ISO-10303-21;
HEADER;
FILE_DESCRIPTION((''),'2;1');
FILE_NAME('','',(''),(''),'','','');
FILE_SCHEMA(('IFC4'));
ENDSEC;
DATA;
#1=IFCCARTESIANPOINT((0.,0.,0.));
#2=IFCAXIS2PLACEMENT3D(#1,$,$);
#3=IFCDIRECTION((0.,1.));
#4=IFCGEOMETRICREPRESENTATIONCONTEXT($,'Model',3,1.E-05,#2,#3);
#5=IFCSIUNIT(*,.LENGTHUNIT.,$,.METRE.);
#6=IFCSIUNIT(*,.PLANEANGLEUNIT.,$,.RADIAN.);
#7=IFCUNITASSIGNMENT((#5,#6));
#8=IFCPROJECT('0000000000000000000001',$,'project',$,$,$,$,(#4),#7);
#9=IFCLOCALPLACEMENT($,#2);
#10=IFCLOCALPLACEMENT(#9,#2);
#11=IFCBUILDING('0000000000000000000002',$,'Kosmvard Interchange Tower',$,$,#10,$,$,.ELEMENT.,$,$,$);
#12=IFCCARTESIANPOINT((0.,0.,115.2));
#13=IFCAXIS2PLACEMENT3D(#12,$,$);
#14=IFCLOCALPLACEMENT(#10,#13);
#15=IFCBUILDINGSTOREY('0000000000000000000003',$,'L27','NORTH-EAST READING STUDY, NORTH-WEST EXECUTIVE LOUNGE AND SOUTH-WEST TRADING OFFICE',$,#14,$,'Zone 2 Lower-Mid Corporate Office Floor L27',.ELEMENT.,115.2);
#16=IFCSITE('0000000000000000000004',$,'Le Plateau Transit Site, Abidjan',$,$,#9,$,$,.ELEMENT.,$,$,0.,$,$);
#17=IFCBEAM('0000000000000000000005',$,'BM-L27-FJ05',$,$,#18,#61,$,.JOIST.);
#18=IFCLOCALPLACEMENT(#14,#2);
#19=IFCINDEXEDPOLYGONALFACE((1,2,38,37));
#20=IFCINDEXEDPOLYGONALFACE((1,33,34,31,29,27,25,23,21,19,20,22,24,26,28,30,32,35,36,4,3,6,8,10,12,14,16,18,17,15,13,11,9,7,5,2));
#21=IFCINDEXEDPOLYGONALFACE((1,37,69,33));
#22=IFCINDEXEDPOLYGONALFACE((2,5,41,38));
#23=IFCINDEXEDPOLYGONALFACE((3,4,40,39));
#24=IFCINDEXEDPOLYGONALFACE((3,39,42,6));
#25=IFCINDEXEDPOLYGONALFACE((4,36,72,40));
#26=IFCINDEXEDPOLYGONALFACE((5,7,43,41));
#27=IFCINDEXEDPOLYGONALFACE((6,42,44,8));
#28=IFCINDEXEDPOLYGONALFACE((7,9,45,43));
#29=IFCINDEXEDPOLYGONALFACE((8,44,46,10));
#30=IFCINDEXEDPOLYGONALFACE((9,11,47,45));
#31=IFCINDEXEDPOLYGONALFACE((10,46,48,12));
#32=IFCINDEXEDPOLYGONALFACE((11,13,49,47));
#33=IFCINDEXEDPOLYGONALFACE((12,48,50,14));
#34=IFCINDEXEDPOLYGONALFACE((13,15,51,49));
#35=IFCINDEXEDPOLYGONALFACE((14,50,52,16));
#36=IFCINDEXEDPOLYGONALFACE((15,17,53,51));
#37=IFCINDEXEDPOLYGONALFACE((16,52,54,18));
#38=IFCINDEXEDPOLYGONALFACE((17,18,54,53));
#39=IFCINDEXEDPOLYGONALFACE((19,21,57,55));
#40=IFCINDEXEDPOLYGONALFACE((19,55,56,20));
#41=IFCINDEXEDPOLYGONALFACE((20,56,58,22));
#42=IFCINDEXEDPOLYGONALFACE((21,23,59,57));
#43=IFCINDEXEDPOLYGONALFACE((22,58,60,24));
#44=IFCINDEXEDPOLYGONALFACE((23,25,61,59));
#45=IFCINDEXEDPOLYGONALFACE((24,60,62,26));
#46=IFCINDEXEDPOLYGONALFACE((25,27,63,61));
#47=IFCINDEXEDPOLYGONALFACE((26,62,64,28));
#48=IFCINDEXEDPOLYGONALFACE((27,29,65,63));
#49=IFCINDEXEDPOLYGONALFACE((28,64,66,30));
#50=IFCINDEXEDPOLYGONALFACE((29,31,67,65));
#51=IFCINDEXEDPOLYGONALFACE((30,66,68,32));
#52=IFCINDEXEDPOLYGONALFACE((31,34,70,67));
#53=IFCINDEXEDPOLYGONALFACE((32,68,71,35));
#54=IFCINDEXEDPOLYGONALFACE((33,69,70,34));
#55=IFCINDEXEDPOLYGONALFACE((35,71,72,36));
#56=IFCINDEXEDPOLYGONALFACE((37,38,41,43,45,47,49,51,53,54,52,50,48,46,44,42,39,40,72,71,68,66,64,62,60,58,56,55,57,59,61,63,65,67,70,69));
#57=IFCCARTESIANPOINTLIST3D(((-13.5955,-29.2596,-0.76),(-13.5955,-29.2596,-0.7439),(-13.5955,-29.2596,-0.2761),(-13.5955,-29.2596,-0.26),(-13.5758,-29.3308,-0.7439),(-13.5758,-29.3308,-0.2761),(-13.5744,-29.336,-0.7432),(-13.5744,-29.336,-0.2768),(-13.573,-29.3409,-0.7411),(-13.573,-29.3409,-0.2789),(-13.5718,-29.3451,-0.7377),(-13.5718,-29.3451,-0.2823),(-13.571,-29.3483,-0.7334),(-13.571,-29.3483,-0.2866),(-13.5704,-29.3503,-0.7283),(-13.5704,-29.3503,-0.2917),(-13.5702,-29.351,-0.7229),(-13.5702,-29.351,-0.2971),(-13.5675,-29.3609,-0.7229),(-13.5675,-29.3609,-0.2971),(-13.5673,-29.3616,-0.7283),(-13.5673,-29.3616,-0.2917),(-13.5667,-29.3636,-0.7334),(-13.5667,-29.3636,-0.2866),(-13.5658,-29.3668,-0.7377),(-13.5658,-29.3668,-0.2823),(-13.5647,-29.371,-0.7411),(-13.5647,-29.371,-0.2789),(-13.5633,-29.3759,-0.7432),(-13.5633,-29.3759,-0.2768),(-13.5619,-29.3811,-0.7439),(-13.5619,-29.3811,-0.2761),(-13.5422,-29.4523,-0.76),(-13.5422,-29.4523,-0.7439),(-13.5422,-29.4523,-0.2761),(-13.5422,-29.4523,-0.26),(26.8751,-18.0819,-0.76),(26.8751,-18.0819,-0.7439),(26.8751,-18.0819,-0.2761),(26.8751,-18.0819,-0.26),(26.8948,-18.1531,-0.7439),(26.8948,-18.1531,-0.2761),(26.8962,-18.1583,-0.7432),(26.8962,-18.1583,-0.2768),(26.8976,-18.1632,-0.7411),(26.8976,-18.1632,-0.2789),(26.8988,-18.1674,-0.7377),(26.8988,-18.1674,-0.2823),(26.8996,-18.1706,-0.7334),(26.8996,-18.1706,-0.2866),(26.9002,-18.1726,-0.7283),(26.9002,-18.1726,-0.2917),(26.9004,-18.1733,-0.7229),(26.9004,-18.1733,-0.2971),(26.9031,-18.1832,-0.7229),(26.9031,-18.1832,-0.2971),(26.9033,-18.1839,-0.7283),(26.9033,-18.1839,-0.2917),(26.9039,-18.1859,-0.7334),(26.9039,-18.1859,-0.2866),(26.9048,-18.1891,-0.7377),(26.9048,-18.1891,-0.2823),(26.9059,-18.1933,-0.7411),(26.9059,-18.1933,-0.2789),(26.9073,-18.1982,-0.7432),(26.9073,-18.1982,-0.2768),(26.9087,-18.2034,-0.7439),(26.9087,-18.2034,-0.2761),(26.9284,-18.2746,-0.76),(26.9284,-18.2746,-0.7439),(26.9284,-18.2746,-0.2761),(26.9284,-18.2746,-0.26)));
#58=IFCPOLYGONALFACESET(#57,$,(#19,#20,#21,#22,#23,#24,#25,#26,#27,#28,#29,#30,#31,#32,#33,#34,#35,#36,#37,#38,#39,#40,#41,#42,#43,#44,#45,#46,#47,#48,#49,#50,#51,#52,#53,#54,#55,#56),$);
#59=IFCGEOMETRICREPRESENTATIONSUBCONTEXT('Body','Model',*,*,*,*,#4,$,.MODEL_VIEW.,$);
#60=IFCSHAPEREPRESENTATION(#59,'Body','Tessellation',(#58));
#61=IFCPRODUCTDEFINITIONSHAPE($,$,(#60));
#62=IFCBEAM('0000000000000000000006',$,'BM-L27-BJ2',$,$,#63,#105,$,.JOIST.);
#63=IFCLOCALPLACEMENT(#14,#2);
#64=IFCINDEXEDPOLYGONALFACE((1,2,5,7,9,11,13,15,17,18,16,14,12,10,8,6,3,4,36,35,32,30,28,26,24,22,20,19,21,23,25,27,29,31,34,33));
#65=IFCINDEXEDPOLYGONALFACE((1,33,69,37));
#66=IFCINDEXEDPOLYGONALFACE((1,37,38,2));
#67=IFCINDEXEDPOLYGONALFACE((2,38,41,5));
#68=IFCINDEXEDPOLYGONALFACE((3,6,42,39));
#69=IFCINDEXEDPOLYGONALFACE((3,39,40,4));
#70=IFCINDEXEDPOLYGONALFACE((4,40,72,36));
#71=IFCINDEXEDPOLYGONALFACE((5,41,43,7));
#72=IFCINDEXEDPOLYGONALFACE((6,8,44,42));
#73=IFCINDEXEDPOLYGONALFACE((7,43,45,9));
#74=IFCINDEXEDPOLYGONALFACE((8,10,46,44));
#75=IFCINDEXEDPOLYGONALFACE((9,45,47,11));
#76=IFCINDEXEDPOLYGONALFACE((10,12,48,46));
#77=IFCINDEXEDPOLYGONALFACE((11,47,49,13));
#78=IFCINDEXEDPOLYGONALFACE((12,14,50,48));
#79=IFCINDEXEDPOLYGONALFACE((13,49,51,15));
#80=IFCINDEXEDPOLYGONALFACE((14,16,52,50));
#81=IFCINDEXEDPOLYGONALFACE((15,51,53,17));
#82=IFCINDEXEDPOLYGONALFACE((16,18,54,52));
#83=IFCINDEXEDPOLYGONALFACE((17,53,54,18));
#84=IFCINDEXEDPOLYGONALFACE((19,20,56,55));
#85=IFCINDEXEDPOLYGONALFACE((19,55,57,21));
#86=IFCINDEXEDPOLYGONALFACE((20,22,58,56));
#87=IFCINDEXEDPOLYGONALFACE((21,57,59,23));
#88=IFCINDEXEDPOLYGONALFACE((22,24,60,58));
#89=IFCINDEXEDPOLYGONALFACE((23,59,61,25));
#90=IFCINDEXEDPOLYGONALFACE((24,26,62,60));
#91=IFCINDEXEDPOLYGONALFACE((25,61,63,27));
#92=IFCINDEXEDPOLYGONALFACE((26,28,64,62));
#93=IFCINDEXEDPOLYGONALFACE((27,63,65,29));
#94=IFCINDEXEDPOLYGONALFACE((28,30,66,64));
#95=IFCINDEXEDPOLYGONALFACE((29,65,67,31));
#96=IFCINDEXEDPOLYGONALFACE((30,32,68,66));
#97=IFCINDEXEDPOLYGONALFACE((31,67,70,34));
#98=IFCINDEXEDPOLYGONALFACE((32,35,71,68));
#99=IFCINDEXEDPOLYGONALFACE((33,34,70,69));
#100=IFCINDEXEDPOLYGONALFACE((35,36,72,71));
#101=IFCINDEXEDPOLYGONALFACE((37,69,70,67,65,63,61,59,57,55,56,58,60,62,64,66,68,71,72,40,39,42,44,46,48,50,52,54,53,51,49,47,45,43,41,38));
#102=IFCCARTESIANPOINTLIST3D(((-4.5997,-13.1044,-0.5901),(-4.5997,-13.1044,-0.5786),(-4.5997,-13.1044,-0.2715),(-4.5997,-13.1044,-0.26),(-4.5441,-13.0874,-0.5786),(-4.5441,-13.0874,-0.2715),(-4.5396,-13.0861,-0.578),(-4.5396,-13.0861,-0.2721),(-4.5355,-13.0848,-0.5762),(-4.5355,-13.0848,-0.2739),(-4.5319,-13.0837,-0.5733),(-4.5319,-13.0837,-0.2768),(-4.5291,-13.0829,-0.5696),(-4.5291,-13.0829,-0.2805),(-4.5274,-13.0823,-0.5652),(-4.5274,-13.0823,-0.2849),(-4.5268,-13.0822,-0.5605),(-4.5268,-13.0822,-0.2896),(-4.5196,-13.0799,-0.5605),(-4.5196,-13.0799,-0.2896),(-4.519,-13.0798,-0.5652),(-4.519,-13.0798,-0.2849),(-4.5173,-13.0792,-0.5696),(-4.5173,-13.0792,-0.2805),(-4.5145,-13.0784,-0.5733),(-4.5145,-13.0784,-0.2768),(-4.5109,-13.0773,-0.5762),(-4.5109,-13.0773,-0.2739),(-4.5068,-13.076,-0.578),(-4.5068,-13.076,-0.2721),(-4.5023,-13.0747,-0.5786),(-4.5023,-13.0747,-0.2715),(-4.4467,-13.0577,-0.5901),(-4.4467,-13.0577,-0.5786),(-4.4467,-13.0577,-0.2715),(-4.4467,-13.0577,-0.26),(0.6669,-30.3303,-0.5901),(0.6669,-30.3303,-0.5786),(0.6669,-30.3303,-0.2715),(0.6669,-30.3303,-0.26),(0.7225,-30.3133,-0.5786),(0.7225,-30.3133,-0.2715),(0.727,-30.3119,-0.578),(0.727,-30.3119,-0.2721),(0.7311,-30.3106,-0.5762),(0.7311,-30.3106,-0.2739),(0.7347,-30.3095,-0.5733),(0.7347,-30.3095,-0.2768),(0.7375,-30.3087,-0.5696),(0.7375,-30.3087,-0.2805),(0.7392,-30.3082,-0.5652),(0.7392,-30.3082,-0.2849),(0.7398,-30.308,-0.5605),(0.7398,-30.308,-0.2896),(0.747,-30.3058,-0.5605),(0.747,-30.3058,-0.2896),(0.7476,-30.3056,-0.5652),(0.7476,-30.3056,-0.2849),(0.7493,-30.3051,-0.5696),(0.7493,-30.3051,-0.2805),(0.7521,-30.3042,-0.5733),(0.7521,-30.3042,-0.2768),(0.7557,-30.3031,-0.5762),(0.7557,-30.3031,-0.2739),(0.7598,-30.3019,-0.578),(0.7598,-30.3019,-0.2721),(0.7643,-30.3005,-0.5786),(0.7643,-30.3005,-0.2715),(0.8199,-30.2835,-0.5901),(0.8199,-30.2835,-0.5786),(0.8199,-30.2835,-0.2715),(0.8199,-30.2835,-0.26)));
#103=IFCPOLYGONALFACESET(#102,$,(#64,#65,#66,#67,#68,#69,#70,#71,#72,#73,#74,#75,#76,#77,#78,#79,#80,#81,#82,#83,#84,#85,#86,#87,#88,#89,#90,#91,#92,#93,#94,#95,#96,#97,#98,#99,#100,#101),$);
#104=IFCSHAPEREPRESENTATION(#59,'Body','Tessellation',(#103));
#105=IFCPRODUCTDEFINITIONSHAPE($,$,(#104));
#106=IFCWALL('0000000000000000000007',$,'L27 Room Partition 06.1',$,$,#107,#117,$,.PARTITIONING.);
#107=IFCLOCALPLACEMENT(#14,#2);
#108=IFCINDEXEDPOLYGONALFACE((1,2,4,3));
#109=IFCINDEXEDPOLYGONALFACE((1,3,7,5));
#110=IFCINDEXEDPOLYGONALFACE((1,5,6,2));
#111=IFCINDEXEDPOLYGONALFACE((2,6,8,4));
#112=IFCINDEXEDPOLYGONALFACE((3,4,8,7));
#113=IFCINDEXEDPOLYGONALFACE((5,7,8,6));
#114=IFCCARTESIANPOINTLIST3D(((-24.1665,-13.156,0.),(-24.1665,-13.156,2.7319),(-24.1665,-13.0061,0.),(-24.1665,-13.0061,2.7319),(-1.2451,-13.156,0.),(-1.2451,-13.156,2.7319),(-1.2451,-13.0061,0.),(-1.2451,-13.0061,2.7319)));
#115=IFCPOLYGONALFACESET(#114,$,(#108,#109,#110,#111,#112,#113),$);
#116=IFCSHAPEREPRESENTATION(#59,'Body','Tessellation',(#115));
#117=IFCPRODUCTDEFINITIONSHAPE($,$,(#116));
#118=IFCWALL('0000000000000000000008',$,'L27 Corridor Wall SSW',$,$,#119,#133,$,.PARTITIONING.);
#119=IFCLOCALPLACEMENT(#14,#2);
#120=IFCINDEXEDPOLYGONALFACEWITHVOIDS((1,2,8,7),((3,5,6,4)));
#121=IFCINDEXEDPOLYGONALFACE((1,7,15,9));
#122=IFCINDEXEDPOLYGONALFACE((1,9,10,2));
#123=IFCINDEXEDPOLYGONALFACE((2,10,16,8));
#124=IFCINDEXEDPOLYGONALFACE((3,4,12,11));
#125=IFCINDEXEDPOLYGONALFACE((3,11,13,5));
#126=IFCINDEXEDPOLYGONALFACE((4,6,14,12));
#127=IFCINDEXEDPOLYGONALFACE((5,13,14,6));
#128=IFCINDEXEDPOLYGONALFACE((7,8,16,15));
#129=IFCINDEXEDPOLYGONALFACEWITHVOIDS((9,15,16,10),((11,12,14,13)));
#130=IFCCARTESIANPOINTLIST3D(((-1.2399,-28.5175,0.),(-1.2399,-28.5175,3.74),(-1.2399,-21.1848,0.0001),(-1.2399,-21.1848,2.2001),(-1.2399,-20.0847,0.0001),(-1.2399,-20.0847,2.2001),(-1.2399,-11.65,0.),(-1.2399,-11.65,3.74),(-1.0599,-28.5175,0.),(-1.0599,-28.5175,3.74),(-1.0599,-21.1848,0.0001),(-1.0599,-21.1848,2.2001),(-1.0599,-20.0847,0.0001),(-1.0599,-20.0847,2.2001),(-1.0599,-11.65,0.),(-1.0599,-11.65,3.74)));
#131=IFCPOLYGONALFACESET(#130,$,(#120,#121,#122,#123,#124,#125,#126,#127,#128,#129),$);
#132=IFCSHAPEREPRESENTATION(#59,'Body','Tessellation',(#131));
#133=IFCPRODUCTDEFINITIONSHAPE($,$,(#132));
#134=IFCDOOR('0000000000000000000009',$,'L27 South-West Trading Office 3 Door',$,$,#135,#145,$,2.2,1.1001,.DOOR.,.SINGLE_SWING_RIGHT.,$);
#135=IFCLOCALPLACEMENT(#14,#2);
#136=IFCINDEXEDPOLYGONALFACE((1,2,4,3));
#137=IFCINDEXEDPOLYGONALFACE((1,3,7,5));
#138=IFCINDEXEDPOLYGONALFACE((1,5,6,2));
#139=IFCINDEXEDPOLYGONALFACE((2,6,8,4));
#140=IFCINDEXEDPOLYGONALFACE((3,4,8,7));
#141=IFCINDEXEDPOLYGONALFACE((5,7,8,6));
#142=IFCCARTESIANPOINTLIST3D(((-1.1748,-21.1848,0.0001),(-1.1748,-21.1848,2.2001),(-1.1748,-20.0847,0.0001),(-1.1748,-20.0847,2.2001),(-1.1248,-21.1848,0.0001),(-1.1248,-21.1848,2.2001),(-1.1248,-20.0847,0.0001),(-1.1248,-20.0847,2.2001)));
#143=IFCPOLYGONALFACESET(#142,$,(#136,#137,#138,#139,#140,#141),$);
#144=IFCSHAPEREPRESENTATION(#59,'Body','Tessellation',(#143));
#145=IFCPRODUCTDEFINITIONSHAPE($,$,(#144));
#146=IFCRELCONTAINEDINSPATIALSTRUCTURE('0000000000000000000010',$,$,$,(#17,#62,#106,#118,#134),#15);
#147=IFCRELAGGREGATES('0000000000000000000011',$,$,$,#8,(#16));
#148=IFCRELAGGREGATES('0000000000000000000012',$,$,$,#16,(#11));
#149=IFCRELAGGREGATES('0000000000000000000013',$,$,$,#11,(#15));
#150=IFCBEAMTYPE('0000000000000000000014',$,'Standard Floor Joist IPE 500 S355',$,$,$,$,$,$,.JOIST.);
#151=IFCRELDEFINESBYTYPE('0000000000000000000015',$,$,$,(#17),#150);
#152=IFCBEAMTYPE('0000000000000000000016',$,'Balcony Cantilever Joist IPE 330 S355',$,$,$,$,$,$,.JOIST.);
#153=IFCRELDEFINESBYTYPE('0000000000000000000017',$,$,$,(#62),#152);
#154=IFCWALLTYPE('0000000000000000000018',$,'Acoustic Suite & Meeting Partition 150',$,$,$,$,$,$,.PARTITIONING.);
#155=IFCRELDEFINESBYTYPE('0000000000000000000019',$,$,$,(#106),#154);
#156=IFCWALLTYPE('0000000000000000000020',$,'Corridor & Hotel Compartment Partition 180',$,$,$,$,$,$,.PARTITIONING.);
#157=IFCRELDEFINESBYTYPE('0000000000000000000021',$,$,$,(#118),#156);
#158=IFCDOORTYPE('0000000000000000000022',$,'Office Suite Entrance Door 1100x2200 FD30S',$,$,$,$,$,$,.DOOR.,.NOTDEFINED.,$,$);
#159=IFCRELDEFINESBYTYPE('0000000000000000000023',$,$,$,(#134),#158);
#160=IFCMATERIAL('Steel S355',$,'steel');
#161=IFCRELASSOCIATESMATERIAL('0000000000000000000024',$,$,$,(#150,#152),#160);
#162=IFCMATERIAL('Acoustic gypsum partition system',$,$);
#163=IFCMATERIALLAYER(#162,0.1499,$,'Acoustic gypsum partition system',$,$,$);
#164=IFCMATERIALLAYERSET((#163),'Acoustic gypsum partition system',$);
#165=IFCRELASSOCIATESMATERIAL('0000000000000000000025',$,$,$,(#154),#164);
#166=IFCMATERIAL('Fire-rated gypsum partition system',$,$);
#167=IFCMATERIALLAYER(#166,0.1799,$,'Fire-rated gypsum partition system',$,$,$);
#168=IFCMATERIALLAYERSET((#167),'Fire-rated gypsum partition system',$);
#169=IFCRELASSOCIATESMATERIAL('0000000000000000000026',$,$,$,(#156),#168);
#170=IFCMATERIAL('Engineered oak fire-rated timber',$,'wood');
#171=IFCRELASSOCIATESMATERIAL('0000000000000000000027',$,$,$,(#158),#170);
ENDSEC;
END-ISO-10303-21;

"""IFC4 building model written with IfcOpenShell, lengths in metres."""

from ifc_helpers import new_model, si_unit, direction, frame, frame_2d, origin, origin_2d, place, context, subcontext, project, spatial, rectangle, i_section, extrude, source, transform, mapped, material, layer, layer_set, material_profile, profile_set, type_object, element, fill, save


model = new_model("IFC4")

# Units and contexts
model_context = context("Model", 3, precision=1e-05, world=origin(), true_north=direction((0.0, 1.0)))
body_context = subcontext(model_context, "Body", "Model", "MODEL_VIEW")
ifc_project = project(units=[si_unit("LENGTHUNIT", "METRE"), si_unit("PLANEANGLEUNIT", "RADIAN")], contexts=[model_context])

# Site, building, storey
site_placement = place(None, origin())
site = spatial("IfcSite", under=ifc_project, at=site_placement, Name="Le Plateau Transit Site, Abidjan", CompositionType="ELEMENT", RefElevation=0.0)
building_placement = place(site_placement, origin())
building = spatial("IfcBuilding", under=site, at=building_placement, Name="Kosmvard Interchange Tower", CompositionType="ELEMENT")
storey_placement = place(building_placement, frame((0.0, 0.0, 115.2)))
storey = spatial("IfcBuildingStorey", under=building, at=storey_placement, Name="L27", Description="NORTH-EAST READING STUDY, NORTH-WEST EXECUTIVE LOUNGE AND SOUTH-WEST TRADING OFFICE", LongName="Zone 2 Lower-Mid Corporate Office Floor L27", CompositionType="ELEMENT", Elevation=115.2)

# Beams
ifc_material_1 = material(Name="Steel S355", Category="steel")
ifc_material_profile_1 = material_profile(ifc_material_1, i_section(OverallWidth=0.2, OverallDepth=0.5, WebThickness=0.0103, FlangeThickness=0.0161, FilletRadius=0.021, at=origin_2d()), Name="IPE 500")
ifc_profile_set_1 = profile_set([ifc_material_profile_1], Name="Steel S355")
beam_type_1 = type_object("IfcBeamType", Name="Standard Floor Joist IPE 500 S355", PredefinedType="JOIST", material=ifc_profile_set_1)
shared_shape_1 = source(origin(), body_context, "Body", "SweptSolid", [
    extrude(i_section(OverallWidth=0.2, OverallDepth=0.5, WebThickness=0.0103, FlangeThickness=0.0161, FilletRadius=0.021, at=origin_2d()), origin(), (0.0, 0.0, 1.0), 41.9858),
])
beam_1_placement = place(storey_placement, frame((-13.5688, -29.356, -0.51), z_axis=(0.963911, 0.266226, 0.0), x_axis=(-0.266226, 0.963911, 0.0)))
element("IfcBeam", 1, at=beam_1_placement, inside=storey, type_object=beam_type_1, Name="BM-L27-FJ05", PredefinedType="JOIST", context=body_context, shape_type="MappedRepresentation", body=[
    mapped(shared_shape_1, transform((0.0, 0.0, 0.0), scale=1.0)),
])
ifc_material_profile_2 = material_profile(ifc_material_1, i_section(OverallWidth=0.1599, OverallDepth=0.3301, WebThickness=0.0076, FlangeThickness=0.0115, FilletRadius=0.0181, at=origin_2d()), Name="IPE 330")
ifc_profile_set_2 = profile_set([ifc_material_profile_2], Name="Steel S355")
beam_type_2 = type_object("IfcBeamType", Name="Balcony Cantilever Joist IPE 330 S355", PredefinedType="JOIST", material=ifc_profile_set_2)
shared_shape_2 = source(origin(), body_context, "Body", "SweptSolid", [
    extrude(i_section(OverallWidth=0.1599, OverallDepth=0.3301, WebThickness=0.0076, FlangeThickness=0.0115, FilletRadius=0.0181, at=origin_2d()), origin(), (0.0, 0.0, 1.0), 18.0129),
])
beam_2_placement = place(storey_placement, frame((-4.5232, -13.0811, -0.425), z_axis=(0.292379, -0.956303, 0.0), x_axis=(0.956303, 0.292379, 0.0)))
element("IfcBeam", 2, at=beam_2_placement, inside=storey, type_object=beam_type_2, Name="BM-L27-BJ2", PredefinedType="JOIST", context=body_context, shape_type="MappedRepresentation", body=[
    mapped(shared_shape_2, transform((0.0, 0.0, 0.0), scale=1.0)),
])

# Wall
ifc_material_2 = material(Name="Acoustic gypsum partition system")
ifc_layer_1 = layer(ifc_material_2, 0.1499, Name="Acoustic gypsum partition system")
ifc_layer_set_1 = layer_set([ifc_layer_1], Name="Acoustic gypsum partition system")
wall_type_1 = type_object("IfcWallType", Name="Acoustic Suite & Meeting Partition 150", PredefinedType="PARTITIONING", material=ifc_layer_set_1)
wall_1_placement = place(storey_placement, frame((-24.1665, -13.0811, 0.0), z_axis=(0.0, 0.0, 1.0), x_axis=(1.0, 0.0, 0.0)))
element("IfcWall", 3, at=wall_1_placement, inside=storey, type_object=wall_type_1, Name="L27 Room Partition 06.1", PredefinedType="PARTITIONING", context=body_context, shape_type="SweptSolid", body=[
    extrude(rectangle(XDim=22.9214, YDim=0.1499, at=frame_2d((11.4607, 0.0))), origin(), (0.0, 0.0, 1.0), 2.7319),
])

# Wall, opening, door
ifc_material_3 = material(Name="Fire-rated gypsum partition system")
ifc_layer_2 = layer(ifc_material_3, 0.1799, Name="Fire-rated gypsum partition system")
ifc_layer_set_2 = layer_set([ifc_layer_2], Name="Fire-rated gypsum partition system")
wall_type_2 = type_object("IfcWallType", Name="Corridor & Hotel Compartment Partition 180", PredefinedType="PARTITIONING", material=ifc_layer_set_2)
wall_2_placement = place(storey_placement, frame((-1.1499, -28.5173, 0.0), z_axis=(0.0, 0.0, 1.0), x_axis=(0.0, 1.0, 0.0)))
wall_2 = element("IfcWall", 4, at=wall_2_placement, inside=storey, type_object=wall_type_2, Name="L27 Corridor Wall SSW", PredefinedType="PARTITIONING", context=body_context, shape_type="SweptSolid", body=[
    extrude(rectangle(XDim=16.8674, YDim=0.1799, at=frame_2d((8.4336, 0.0))), origin(), (0.0, 0.0, 1.0), 3.74),
])
opening_1_placement = place(wall_2_placement, frame((7.3325, 0.0, 0.0)))
opening_1 = element("IfcOpeningElement", 5, at=opening_1_placement, cuts=wall_2, PredefinedType="OPENING", context=body_context, shape_type="SweptSolid", body=[
    extrude(rectangle(XDim=1.1001, YDim=2.2, at=frame_2d((0.55, 1.1001))), frame((0.0, 0.1001, 0.0), z_axis=(0.0, -1.0, 0.0), x_axis=(1.0, 0.0, 0.0)), (0.0, 0.0, 1.0), 0.2),
])
ifc_material_4 = material(Name="Engineered oak fire-rated timber", Category="wood")
door_type_1 = type_object("IfcDoorType", Name="Office Suite Entrance Door 1100x2200 FD30S", OperationType="NOTDEFINED", PredefinedType="DOOR", material=ifc_material_4)
shared_shape_3 = source(origin(), body_context, "Body", "SweptSolid", [
    extrude(rectangle(XDim=1.1001, YDim=2.2, at=frame_2d((0.55, 1.1001))), frame((0.0, 0.0249, 0.0), z_axis=(0.0, -1.0, 0.0), x_axis=(1.0, 0.0, 0.0)), (0.0, 0.0, 1.0), 0.05),
])
door_1_placement = place(opening_1_placement, origin())
door_1 = element("IfcDoor", 6, at=door_1_placement, inside=storey, type_object=door_type_1, Name="L27 South-West Trading Office 3 Door", OperationType="SINGLE_SWING_RIGHT", OverallHeight=2.2, OverallWidth=1.1001, PredefinedType="DOOR", context=body_context, shape_type="MappedRepresentation", body=[
    mapped(shared_shape_3, transform((0.0, 0.0, 0.0), scale=1.0)),
])
fill(opening_1, door_1)

save(model, "model.ifc")
